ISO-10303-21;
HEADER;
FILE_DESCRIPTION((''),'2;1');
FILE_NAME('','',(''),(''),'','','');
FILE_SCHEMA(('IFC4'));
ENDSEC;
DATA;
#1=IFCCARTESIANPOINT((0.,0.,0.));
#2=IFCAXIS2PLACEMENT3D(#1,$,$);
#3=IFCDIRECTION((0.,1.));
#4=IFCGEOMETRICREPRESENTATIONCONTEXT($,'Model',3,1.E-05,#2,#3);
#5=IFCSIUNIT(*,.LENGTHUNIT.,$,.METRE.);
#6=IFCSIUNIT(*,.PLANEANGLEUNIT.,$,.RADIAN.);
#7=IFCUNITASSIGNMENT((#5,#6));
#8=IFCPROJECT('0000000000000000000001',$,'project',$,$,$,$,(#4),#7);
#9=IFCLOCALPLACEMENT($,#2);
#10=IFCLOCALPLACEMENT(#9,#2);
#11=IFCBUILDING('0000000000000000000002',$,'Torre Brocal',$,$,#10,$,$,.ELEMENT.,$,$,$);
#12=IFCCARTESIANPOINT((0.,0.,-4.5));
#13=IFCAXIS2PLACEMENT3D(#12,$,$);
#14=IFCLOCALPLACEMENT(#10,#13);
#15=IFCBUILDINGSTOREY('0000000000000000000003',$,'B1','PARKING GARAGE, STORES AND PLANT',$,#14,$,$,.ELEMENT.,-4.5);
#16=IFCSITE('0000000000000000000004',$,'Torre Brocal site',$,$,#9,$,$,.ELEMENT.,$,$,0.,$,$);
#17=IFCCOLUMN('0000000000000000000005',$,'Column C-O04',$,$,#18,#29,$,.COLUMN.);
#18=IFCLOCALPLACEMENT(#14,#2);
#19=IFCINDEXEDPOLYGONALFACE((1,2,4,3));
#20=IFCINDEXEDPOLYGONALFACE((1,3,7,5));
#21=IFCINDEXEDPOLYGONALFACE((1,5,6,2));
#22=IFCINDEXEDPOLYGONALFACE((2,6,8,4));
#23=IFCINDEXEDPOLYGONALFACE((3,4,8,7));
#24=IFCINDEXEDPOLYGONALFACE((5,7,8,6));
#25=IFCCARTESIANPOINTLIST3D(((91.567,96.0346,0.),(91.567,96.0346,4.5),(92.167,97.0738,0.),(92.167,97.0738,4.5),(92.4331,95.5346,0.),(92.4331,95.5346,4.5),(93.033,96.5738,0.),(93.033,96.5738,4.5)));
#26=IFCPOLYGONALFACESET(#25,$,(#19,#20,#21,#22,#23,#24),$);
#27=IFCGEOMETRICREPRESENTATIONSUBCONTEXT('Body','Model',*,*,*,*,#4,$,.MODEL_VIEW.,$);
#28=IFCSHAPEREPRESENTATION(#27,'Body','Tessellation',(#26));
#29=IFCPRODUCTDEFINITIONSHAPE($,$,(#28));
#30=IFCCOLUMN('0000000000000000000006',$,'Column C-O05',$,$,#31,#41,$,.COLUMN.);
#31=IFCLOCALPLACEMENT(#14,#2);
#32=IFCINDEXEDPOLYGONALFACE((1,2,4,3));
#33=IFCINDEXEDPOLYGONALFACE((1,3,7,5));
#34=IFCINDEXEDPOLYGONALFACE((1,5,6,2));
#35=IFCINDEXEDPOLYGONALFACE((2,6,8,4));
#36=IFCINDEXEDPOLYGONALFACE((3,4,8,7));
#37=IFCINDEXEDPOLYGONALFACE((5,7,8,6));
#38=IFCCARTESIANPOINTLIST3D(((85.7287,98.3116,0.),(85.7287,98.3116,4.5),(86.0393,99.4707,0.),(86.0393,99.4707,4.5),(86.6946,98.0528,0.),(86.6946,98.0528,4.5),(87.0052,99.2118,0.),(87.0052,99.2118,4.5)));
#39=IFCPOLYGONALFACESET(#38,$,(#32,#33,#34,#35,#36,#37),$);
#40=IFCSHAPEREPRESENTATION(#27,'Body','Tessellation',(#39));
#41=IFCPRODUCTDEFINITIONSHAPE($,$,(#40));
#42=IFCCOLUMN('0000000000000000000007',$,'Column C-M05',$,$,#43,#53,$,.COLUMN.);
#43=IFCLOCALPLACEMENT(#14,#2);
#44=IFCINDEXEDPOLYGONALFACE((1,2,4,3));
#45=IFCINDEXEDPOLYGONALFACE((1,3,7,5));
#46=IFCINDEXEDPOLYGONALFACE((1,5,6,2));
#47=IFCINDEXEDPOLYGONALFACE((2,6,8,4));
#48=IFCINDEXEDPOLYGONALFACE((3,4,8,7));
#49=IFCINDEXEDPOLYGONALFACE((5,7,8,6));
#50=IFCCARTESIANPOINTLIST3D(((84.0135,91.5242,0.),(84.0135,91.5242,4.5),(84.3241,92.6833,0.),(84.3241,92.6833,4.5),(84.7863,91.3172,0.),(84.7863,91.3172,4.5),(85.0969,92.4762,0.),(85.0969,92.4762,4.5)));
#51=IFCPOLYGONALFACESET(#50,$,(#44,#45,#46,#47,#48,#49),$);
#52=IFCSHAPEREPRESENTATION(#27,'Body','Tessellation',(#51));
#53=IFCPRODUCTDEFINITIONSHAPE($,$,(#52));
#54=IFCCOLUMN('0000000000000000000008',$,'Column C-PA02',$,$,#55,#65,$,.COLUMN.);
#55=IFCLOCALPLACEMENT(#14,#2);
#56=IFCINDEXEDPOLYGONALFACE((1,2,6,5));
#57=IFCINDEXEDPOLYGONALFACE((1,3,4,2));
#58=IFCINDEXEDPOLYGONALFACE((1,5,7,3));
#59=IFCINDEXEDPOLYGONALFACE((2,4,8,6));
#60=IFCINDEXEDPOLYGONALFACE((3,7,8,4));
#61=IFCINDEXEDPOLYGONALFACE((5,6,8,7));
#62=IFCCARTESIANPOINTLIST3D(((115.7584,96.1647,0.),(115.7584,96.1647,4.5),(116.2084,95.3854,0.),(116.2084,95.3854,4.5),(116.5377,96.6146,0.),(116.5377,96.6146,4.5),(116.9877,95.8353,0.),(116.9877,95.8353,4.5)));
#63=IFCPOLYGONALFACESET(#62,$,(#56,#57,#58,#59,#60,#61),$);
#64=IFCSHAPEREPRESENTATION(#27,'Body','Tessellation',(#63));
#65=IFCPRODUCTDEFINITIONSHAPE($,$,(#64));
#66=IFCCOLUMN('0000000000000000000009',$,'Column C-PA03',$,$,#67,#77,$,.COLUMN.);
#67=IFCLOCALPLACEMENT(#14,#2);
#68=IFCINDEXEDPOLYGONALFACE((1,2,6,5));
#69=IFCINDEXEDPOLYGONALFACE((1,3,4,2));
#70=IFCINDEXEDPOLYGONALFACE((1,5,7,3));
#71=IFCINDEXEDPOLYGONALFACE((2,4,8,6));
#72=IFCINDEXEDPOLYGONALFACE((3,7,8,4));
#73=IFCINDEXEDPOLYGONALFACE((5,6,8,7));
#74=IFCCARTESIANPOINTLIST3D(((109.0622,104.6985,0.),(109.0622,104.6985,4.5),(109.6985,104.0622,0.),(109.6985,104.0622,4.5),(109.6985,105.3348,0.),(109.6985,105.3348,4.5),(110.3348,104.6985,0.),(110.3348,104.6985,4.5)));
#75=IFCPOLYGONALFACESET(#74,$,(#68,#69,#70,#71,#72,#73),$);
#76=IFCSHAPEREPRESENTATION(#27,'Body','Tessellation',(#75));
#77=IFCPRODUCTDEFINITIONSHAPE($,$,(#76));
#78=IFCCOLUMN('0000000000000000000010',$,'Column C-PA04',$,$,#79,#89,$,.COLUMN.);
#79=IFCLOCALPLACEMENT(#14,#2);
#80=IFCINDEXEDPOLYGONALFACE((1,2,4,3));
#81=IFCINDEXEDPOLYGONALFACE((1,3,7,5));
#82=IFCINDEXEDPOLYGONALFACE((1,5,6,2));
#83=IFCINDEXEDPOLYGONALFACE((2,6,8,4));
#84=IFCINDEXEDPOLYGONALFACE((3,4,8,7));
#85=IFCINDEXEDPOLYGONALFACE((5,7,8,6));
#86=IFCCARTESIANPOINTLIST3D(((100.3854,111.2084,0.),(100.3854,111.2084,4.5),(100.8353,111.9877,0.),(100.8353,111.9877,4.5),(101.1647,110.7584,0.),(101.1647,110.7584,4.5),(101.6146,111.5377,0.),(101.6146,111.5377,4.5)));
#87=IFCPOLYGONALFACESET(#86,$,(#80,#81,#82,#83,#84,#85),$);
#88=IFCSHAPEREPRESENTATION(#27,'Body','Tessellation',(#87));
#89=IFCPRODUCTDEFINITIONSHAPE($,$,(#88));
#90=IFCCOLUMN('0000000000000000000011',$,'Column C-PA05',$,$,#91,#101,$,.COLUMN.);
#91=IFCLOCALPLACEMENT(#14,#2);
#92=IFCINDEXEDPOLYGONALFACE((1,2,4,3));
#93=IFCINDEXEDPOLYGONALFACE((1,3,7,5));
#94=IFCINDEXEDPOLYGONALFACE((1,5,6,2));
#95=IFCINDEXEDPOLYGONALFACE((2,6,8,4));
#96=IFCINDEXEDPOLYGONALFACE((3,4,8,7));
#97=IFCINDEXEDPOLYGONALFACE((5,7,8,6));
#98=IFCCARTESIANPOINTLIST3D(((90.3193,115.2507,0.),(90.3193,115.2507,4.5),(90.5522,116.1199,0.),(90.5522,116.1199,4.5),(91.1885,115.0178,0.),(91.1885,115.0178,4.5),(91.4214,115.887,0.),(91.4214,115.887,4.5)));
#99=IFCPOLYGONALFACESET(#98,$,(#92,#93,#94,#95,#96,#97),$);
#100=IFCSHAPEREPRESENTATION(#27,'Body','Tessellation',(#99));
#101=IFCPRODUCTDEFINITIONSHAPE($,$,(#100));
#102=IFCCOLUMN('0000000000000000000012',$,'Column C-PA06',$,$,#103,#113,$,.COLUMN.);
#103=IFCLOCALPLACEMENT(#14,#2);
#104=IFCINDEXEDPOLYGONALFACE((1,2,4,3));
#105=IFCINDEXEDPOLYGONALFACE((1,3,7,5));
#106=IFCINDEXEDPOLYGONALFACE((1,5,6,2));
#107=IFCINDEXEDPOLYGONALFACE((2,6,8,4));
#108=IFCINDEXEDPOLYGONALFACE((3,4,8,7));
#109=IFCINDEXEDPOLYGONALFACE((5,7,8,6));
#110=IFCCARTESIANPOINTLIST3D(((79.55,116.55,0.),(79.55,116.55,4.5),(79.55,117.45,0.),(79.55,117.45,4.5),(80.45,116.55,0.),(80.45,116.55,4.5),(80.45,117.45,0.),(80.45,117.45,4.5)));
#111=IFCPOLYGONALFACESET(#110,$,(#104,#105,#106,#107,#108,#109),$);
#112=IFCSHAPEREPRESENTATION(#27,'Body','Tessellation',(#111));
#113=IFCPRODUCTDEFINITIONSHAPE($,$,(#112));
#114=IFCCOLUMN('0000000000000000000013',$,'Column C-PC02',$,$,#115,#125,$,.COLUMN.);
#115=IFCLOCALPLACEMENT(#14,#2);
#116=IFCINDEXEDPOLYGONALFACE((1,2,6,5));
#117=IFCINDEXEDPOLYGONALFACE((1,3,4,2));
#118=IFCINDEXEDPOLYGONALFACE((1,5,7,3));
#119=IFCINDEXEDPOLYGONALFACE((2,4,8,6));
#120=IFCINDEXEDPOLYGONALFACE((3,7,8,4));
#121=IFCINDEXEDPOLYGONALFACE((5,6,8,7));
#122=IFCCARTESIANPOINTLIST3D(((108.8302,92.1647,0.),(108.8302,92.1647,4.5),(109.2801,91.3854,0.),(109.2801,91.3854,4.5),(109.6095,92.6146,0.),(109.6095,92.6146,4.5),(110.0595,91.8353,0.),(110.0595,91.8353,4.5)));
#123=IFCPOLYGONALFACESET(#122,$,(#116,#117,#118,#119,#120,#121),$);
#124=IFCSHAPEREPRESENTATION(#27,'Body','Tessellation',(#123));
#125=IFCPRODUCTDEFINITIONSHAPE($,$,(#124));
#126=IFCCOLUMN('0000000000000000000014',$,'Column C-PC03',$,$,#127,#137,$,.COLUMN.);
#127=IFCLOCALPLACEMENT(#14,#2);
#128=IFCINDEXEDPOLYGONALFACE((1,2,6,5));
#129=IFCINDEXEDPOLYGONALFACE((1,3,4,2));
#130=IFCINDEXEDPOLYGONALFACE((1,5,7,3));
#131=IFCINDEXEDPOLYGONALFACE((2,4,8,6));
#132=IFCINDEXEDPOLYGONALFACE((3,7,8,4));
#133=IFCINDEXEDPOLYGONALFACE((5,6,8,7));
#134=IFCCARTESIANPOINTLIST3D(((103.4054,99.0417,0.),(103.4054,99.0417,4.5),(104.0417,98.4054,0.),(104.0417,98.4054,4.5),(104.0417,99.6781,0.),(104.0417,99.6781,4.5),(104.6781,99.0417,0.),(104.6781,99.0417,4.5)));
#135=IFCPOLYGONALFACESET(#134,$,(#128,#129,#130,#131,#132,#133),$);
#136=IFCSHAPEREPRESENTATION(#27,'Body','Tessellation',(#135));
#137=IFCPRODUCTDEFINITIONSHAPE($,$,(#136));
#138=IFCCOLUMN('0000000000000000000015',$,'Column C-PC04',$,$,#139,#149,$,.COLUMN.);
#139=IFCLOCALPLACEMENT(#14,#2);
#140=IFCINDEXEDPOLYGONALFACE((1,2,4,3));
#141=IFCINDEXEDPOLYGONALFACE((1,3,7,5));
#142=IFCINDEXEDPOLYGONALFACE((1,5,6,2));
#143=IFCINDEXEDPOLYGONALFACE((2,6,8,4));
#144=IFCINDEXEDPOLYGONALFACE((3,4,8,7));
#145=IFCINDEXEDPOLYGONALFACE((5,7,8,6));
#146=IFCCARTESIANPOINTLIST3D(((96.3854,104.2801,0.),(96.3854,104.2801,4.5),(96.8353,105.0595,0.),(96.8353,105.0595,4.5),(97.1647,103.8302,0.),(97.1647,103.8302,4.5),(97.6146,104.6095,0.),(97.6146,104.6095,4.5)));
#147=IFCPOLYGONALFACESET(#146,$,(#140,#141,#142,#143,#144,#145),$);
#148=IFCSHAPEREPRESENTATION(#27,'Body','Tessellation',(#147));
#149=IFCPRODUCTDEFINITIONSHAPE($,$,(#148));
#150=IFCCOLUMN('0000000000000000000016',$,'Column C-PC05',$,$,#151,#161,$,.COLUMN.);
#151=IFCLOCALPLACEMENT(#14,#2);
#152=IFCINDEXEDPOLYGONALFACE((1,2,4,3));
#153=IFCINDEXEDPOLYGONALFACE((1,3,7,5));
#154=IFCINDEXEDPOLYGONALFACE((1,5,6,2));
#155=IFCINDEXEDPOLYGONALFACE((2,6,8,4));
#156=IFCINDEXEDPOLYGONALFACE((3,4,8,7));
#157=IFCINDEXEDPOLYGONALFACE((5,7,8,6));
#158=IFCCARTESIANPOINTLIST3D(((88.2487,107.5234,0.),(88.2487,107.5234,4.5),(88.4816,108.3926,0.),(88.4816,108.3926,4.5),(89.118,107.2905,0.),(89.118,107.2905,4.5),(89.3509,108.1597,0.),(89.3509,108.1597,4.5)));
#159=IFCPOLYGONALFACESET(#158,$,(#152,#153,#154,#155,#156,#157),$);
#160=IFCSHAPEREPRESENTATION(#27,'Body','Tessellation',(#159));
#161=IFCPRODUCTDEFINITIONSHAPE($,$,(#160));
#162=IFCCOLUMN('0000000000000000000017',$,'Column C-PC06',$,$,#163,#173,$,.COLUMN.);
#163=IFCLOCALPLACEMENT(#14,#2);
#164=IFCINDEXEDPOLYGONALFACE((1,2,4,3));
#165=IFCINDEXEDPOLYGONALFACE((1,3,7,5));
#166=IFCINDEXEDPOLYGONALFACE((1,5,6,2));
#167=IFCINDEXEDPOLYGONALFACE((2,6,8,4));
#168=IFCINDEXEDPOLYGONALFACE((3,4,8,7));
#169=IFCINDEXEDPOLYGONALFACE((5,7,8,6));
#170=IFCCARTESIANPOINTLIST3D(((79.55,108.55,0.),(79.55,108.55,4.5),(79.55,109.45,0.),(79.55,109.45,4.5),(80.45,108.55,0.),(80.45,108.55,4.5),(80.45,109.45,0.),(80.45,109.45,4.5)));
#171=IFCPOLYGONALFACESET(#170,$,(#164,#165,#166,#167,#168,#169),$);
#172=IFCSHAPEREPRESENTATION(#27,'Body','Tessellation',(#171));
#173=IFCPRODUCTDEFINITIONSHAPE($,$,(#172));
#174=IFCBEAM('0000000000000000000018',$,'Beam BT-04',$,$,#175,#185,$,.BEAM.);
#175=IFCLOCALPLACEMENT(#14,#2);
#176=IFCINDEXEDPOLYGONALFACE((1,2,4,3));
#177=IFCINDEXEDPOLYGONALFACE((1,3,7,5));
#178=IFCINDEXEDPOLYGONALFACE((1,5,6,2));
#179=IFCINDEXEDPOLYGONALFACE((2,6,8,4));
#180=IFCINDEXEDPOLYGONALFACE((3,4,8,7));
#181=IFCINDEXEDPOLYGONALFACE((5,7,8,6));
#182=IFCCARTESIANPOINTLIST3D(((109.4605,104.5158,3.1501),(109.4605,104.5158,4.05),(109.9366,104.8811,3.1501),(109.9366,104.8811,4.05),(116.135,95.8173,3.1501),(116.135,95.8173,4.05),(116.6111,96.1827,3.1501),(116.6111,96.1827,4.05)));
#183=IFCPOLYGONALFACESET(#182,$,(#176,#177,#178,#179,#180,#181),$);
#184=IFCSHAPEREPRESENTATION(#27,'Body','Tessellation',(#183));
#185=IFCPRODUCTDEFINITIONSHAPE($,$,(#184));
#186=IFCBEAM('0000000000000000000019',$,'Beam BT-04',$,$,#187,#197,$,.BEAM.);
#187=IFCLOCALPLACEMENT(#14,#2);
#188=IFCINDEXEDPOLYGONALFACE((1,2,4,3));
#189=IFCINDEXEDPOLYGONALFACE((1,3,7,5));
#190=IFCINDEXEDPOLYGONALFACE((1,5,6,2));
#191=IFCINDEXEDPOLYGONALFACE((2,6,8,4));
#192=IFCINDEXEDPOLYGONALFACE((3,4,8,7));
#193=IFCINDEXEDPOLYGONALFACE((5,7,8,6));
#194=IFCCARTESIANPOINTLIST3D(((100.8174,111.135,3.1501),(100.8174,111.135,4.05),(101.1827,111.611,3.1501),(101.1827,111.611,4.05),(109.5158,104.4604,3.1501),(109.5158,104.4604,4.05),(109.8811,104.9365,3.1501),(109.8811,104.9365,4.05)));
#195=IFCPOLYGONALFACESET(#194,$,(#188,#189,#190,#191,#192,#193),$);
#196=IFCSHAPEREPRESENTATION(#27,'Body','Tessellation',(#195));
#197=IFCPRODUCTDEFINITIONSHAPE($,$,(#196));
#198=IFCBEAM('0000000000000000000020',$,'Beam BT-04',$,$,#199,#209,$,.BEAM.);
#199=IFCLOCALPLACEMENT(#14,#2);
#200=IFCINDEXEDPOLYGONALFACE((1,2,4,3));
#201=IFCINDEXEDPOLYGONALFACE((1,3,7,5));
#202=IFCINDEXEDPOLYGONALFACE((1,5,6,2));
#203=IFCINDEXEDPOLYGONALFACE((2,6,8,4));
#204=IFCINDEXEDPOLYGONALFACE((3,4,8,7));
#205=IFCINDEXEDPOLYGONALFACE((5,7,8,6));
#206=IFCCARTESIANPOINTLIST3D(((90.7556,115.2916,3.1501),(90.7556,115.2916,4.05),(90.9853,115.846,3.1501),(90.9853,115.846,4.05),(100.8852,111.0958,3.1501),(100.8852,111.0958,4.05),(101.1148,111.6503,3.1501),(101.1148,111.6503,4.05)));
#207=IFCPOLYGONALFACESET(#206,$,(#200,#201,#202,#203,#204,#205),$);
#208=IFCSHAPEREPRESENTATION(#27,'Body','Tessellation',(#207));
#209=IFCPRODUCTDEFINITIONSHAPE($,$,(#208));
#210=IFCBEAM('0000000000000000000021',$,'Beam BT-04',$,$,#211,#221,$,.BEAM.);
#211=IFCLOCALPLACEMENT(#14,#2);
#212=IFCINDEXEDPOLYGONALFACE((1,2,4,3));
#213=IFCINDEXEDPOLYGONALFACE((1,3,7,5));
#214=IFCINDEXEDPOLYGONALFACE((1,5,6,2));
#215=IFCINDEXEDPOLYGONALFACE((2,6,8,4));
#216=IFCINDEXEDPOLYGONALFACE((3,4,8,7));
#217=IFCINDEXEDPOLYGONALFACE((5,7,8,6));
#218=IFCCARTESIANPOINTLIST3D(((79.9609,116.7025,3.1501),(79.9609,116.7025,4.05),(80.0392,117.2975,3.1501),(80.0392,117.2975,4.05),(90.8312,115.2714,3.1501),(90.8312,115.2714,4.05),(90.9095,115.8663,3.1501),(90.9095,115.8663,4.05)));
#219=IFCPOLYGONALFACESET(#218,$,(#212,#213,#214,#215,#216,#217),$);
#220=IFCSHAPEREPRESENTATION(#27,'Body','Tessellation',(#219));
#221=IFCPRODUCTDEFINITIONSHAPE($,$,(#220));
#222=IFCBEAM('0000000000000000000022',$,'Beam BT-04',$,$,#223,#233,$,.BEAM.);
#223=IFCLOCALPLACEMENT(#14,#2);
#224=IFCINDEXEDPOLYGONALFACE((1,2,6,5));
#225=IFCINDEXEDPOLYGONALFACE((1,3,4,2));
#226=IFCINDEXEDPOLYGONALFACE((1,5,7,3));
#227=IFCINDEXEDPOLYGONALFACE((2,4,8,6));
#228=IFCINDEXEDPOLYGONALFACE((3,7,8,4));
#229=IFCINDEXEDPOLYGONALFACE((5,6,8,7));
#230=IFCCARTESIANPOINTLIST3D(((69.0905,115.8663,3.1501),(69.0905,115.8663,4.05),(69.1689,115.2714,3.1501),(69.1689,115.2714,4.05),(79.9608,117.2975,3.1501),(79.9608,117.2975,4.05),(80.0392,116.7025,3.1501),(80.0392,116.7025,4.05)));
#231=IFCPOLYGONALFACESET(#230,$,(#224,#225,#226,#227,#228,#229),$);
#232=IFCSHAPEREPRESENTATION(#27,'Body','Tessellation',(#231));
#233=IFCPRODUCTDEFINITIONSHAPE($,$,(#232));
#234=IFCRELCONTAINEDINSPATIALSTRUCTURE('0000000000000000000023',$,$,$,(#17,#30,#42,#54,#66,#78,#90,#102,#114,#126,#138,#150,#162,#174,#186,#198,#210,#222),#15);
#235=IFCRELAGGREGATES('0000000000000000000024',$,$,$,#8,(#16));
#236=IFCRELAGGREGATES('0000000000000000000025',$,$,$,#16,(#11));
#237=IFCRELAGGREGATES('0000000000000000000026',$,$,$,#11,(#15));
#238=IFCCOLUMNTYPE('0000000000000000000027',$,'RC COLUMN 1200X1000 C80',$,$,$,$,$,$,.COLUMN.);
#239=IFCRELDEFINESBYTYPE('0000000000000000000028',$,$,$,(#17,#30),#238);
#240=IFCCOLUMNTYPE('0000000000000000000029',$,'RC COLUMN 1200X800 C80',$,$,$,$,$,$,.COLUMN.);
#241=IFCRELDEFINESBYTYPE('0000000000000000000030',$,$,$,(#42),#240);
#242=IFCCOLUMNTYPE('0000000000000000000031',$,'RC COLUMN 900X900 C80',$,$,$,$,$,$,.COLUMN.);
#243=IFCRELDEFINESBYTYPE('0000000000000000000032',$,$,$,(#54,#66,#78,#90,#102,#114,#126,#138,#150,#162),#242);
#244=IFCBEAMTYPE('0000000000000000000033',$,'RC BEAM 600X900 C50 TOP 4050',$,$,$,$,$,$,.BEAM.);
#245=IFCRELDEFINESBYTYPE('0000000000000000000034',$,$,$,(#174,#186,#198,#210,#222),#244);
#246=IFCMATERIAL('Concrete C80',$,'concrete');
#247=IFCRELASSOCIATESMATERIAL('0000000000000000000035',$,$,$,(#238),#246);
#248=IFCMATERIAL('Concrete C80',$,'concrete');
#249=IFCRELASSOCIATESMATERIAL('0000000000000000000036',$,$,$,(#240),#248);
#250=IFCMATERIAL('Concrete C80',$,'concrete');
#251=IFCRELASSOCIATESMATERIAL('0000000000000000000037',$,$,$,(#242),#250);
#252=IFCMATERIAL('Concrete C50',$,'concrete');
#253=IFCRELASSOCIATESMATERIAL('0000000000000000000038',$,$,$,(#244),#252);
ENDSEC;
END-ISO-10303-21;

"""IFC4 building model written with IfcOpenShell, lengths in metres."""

from ifc_helpers import new_model, si_unit, direction, frame, origin, origin_2d, place, context, subcontext, project, spatial, rectangle, extrude, material, material_profile, profile_set, type_object, element, save


model = new_model("IFC4")

# Units and contexts
model_context = context("Model", 3, precision=1e-05, world=origin(), true_north=direction((0.0, 1.0)))
body_context = subcontext(model_context, "Body", "Model", "MODEL_VIEW")
ifc_project = project(units=[si_unit("LENGTHUNIT", "METRE"), si_unit("PLANEANGLEUNIT", "RADIAN")], contexts=[model_context])

# Site, building, storey
site_placement = place(None, origin())
site = spatial("IfcSite", under=ifc_project, at=site_placement, Name="Torre Brocal site", CompositionType="ELEMENT", RefElevation=0.0)
building_placement = place(site_placement, origin())
building = spatial("IfcBuilding", under=site, at=building_placement, Name="Torre Brocal", CompositionType="ELEMENT")
storey_placement = place(building_placement, frame((0.0, 0.0, -4.5)))
storey = spatial("IfcBuildingStorey", under=building, at=storey_placement, Name="B1", Description="PARKING GARAGE, STORES AND PLANT", CompositionType="ELEMENT", Elevation=-4.5)

# Columns
ifc_material_1 = material(Name="Concrete C80", Category="concrete")
ifc_material_profile_1 = material_profile(ifc_material_1, rectangle(XDim=1.2, YDim=1.0, at=origin_2d()), Name="RC 1200X1000")
ifc_profile_set_1 = profile_set([ifc_material_profile_1], Name="Concrete C80")
column_type_1 = type_object("IfcColumnType", Name="RC COLUMN 1200X1000 C80", PredefinedType="COLUMN", material=ifc_profile_set_1)
for number, where, z_axis, x_axis, name in (
    (1, (92.3, 96.3042, 0.0), (0.0, 0.0, 1.0), (0.5, 0.866025, 0.0), "Column C-O04"),
    (2, (86.3669, 98.7617, 0.0), (0.0, 0.0, 1.0), (0.258819, 0.965926, 0.0), "Column C-O05"),
):
    element("IfcColumn", number, at=place(storey_placement, frame(where, z_axis=z_axis, x_axis=x_axis)), inside=storey, type_object=column_type_1, Name=name, PredefinedType="COLUMN", context=body_context, shape_type="SweptSolid", body=[
        extrude(rectangle(XDim=1.2, YDim=1.0, at=origin_2d()), origin(), (0.0, 0.0, 1.0), 4.5),
    ])
ifc_material_2 = material(Name="Concrete C80", Category="concrete")
ifc_material_profile_2 = material_profile(ifc_material_2, rectangle(XDim=1.2, YDim=0.8, at=origin_2d()), Name="RC 1200X800")
ifc_profile_set_2 = profile_set([ifc_material_profile_2], Name="Concrete C80")
column_type_2 = type_object("IfcColumnType", Name="RC COLUMN 1200X800 C80", PredefinedType="COLUMN", material=ifc_profile_set_2)
column_placement = place(storey_placement, frame((84.5552, 92.0002, 0.0), z_axis=(0.0, 0.0, 1.0), x_axis=(0.258819, 0.965926, 0.0)))
element("IfcColumn", 3, at=column_placement, inside=storey, type_object=column_type_2, Name="Column C-M05", PredefinedType="COLUMN", context=body_context, shape_type="SweptSolid", body=[
    extrude(rectangle(XDim=1.2, YDim=0.8, at=origin_2d()), origin(), (0.0, 0.0, 1.0), 4.5),
])
ifc_material_3 = material(Name="Concrete C80", Category="concrete")
ifc_material_profile_3 = material_profile(ifc_material_3, rectangle(XDim=0.8999, YDim=0.8999, at=origin_2d()), Name="RC 900X900")
ifc_profile_set_3 = profile_set([ifc_material_profile_3], Name="Concrete C80")
column_type_3 = type_object("IfcColumnType", Name="RC COLUMN 900X900 C80", PredefinedType="COLUMN", material=ifc_profile_set_3)
for number, where, z_axis, x_axis, name in (
    (4, (116.373, 96.0, 0.0), (0.0, 0.0, 1.0), (0.866025, 0.5, 0.0), "Column C-PA02"),
    (5, (109.6985, 104.6985, 0.0), (0.0, 0.0, 1.0), (0.707107, 0.707107, 0.0), "Column C-PA03"),
    (6, (101.0, 111.373, 0.0), (0.0, 0.0, 1.0), (0.5, 0.866025, 0.0), "Column C-PA04"),
    (7, (90.8704, 115.5688, 0.0), (0.0, 0.0, 1.0), (0.258819, 0.965926, 0.0), "Column C-PA05"),
    (8, (80.0, 117.0, 0.0), (0.0, 0.0, 1.0), (0.0, 1.0, 0.0), "Column C-PA06"),
    (9, (109.4448, 92.0, 0.0), (0.0, 0.0, 1.0), (0.866025, 0.5, 0.0), "Column C-PC02"),
    (10, (104.0417, 99.0417, 0.0), (0.0, 0.0, 1.0), (0.707107, 0.707107, 0.0), "Column C-PC03"),
    (11, (97.0, 104.4448, 0.0), (0.0, 0.0, 1.0), (0.5, 0.866025, 0.0), "Column C-PC04"),
    (12, (88.7998, 107.8416, 0.0), (0.0, 0.0, 1.0), (0.258819, 0.965926, 0.0), "Column C-PC05"),
    (13, (80.0, 109.0, 0.0), (0.0, 0.0, 1.0), (0.0, 1.0, 0.0), "Column C-PC06"),
):
    element("IfcColumn", number, at=place(storey_placement, frame(where, z_axis=z_axis, x_axis=x_axis)), inside=storey, type_object=column_type_3, Name=name, PredefinedType="COLUMN", context=body_context, shape_type="SweptSolid", body=[
        extrude(rectangle(XDim=0.8999, YDim=0.8999, at=origin_2d()), origin(), (0.0, 0.0, 1.0), 4.5),
    ])

# Beams
ifc_material_4 = material(Name="Concrete C50", Category="concrete")
ifc_material_profile_4 = material_profile(ifc_material_4, rectangle(XDim=0.6001, YDim=0.8999, at=origin_2d()), Name="RC 600X900")
ifc_profile_set_4 = profile_set([ifc_material_profile_4], Name="Concrete C50")
beam_type_1 = type_object("IfcBeamType", Name="RC BEAM 600X900 C50 TOP 4050", PredefinedType="BEAM", material=ifc_profile_set_4)
for number, where, z_axis, x_axis, name in (
    (14, (116.373, 96.0, 3.6001), (-0.60876, 0.793354, 0.0), (-0.793354, -0.60876, 0.0), "Beam BT-04"),
    (15, (109.6985, 104.6985, 3.6001), (-0.793354, 0.60876, 0.0), (-0.60876, -0.793354, 0.0), "Beam BT-04"),
    (16, (101.0, 111.373, 3.6001), (-0.923881, 0.382681, 0.0), (-0.382681, -0.923881, 0.0), "Beam BT-04"),
    (17, (90.8704, 115.5688, 3.6001), (-0.991444, 0.13053, 0.0), (-0.13053, -0.991444, 0.0), "Beam BT-04"),
    (18, (80.0, 117.0, 3.6001), (-0.991444, -0.13053, 0.0), (0.13053, -0.991444, 0.0), "Beam BT-04"),
):
    element("IfcBeam", number, at=place(storey_placement, frame(where, z_axis=z_axis, x_axis=x_axis)), inside=storey, type_object=beam_type_1, Name=name, PredefinedType="BEAM", context=body_context, shape_type="SweptSolid", body=[
        extrude(rectangle(XDim=0.6001, YDim=0.8999, at=origin_2d()), origin(), (0.0, 0.0, 1.0), 10.9641),
    ])

save(model, "model.ifc")
